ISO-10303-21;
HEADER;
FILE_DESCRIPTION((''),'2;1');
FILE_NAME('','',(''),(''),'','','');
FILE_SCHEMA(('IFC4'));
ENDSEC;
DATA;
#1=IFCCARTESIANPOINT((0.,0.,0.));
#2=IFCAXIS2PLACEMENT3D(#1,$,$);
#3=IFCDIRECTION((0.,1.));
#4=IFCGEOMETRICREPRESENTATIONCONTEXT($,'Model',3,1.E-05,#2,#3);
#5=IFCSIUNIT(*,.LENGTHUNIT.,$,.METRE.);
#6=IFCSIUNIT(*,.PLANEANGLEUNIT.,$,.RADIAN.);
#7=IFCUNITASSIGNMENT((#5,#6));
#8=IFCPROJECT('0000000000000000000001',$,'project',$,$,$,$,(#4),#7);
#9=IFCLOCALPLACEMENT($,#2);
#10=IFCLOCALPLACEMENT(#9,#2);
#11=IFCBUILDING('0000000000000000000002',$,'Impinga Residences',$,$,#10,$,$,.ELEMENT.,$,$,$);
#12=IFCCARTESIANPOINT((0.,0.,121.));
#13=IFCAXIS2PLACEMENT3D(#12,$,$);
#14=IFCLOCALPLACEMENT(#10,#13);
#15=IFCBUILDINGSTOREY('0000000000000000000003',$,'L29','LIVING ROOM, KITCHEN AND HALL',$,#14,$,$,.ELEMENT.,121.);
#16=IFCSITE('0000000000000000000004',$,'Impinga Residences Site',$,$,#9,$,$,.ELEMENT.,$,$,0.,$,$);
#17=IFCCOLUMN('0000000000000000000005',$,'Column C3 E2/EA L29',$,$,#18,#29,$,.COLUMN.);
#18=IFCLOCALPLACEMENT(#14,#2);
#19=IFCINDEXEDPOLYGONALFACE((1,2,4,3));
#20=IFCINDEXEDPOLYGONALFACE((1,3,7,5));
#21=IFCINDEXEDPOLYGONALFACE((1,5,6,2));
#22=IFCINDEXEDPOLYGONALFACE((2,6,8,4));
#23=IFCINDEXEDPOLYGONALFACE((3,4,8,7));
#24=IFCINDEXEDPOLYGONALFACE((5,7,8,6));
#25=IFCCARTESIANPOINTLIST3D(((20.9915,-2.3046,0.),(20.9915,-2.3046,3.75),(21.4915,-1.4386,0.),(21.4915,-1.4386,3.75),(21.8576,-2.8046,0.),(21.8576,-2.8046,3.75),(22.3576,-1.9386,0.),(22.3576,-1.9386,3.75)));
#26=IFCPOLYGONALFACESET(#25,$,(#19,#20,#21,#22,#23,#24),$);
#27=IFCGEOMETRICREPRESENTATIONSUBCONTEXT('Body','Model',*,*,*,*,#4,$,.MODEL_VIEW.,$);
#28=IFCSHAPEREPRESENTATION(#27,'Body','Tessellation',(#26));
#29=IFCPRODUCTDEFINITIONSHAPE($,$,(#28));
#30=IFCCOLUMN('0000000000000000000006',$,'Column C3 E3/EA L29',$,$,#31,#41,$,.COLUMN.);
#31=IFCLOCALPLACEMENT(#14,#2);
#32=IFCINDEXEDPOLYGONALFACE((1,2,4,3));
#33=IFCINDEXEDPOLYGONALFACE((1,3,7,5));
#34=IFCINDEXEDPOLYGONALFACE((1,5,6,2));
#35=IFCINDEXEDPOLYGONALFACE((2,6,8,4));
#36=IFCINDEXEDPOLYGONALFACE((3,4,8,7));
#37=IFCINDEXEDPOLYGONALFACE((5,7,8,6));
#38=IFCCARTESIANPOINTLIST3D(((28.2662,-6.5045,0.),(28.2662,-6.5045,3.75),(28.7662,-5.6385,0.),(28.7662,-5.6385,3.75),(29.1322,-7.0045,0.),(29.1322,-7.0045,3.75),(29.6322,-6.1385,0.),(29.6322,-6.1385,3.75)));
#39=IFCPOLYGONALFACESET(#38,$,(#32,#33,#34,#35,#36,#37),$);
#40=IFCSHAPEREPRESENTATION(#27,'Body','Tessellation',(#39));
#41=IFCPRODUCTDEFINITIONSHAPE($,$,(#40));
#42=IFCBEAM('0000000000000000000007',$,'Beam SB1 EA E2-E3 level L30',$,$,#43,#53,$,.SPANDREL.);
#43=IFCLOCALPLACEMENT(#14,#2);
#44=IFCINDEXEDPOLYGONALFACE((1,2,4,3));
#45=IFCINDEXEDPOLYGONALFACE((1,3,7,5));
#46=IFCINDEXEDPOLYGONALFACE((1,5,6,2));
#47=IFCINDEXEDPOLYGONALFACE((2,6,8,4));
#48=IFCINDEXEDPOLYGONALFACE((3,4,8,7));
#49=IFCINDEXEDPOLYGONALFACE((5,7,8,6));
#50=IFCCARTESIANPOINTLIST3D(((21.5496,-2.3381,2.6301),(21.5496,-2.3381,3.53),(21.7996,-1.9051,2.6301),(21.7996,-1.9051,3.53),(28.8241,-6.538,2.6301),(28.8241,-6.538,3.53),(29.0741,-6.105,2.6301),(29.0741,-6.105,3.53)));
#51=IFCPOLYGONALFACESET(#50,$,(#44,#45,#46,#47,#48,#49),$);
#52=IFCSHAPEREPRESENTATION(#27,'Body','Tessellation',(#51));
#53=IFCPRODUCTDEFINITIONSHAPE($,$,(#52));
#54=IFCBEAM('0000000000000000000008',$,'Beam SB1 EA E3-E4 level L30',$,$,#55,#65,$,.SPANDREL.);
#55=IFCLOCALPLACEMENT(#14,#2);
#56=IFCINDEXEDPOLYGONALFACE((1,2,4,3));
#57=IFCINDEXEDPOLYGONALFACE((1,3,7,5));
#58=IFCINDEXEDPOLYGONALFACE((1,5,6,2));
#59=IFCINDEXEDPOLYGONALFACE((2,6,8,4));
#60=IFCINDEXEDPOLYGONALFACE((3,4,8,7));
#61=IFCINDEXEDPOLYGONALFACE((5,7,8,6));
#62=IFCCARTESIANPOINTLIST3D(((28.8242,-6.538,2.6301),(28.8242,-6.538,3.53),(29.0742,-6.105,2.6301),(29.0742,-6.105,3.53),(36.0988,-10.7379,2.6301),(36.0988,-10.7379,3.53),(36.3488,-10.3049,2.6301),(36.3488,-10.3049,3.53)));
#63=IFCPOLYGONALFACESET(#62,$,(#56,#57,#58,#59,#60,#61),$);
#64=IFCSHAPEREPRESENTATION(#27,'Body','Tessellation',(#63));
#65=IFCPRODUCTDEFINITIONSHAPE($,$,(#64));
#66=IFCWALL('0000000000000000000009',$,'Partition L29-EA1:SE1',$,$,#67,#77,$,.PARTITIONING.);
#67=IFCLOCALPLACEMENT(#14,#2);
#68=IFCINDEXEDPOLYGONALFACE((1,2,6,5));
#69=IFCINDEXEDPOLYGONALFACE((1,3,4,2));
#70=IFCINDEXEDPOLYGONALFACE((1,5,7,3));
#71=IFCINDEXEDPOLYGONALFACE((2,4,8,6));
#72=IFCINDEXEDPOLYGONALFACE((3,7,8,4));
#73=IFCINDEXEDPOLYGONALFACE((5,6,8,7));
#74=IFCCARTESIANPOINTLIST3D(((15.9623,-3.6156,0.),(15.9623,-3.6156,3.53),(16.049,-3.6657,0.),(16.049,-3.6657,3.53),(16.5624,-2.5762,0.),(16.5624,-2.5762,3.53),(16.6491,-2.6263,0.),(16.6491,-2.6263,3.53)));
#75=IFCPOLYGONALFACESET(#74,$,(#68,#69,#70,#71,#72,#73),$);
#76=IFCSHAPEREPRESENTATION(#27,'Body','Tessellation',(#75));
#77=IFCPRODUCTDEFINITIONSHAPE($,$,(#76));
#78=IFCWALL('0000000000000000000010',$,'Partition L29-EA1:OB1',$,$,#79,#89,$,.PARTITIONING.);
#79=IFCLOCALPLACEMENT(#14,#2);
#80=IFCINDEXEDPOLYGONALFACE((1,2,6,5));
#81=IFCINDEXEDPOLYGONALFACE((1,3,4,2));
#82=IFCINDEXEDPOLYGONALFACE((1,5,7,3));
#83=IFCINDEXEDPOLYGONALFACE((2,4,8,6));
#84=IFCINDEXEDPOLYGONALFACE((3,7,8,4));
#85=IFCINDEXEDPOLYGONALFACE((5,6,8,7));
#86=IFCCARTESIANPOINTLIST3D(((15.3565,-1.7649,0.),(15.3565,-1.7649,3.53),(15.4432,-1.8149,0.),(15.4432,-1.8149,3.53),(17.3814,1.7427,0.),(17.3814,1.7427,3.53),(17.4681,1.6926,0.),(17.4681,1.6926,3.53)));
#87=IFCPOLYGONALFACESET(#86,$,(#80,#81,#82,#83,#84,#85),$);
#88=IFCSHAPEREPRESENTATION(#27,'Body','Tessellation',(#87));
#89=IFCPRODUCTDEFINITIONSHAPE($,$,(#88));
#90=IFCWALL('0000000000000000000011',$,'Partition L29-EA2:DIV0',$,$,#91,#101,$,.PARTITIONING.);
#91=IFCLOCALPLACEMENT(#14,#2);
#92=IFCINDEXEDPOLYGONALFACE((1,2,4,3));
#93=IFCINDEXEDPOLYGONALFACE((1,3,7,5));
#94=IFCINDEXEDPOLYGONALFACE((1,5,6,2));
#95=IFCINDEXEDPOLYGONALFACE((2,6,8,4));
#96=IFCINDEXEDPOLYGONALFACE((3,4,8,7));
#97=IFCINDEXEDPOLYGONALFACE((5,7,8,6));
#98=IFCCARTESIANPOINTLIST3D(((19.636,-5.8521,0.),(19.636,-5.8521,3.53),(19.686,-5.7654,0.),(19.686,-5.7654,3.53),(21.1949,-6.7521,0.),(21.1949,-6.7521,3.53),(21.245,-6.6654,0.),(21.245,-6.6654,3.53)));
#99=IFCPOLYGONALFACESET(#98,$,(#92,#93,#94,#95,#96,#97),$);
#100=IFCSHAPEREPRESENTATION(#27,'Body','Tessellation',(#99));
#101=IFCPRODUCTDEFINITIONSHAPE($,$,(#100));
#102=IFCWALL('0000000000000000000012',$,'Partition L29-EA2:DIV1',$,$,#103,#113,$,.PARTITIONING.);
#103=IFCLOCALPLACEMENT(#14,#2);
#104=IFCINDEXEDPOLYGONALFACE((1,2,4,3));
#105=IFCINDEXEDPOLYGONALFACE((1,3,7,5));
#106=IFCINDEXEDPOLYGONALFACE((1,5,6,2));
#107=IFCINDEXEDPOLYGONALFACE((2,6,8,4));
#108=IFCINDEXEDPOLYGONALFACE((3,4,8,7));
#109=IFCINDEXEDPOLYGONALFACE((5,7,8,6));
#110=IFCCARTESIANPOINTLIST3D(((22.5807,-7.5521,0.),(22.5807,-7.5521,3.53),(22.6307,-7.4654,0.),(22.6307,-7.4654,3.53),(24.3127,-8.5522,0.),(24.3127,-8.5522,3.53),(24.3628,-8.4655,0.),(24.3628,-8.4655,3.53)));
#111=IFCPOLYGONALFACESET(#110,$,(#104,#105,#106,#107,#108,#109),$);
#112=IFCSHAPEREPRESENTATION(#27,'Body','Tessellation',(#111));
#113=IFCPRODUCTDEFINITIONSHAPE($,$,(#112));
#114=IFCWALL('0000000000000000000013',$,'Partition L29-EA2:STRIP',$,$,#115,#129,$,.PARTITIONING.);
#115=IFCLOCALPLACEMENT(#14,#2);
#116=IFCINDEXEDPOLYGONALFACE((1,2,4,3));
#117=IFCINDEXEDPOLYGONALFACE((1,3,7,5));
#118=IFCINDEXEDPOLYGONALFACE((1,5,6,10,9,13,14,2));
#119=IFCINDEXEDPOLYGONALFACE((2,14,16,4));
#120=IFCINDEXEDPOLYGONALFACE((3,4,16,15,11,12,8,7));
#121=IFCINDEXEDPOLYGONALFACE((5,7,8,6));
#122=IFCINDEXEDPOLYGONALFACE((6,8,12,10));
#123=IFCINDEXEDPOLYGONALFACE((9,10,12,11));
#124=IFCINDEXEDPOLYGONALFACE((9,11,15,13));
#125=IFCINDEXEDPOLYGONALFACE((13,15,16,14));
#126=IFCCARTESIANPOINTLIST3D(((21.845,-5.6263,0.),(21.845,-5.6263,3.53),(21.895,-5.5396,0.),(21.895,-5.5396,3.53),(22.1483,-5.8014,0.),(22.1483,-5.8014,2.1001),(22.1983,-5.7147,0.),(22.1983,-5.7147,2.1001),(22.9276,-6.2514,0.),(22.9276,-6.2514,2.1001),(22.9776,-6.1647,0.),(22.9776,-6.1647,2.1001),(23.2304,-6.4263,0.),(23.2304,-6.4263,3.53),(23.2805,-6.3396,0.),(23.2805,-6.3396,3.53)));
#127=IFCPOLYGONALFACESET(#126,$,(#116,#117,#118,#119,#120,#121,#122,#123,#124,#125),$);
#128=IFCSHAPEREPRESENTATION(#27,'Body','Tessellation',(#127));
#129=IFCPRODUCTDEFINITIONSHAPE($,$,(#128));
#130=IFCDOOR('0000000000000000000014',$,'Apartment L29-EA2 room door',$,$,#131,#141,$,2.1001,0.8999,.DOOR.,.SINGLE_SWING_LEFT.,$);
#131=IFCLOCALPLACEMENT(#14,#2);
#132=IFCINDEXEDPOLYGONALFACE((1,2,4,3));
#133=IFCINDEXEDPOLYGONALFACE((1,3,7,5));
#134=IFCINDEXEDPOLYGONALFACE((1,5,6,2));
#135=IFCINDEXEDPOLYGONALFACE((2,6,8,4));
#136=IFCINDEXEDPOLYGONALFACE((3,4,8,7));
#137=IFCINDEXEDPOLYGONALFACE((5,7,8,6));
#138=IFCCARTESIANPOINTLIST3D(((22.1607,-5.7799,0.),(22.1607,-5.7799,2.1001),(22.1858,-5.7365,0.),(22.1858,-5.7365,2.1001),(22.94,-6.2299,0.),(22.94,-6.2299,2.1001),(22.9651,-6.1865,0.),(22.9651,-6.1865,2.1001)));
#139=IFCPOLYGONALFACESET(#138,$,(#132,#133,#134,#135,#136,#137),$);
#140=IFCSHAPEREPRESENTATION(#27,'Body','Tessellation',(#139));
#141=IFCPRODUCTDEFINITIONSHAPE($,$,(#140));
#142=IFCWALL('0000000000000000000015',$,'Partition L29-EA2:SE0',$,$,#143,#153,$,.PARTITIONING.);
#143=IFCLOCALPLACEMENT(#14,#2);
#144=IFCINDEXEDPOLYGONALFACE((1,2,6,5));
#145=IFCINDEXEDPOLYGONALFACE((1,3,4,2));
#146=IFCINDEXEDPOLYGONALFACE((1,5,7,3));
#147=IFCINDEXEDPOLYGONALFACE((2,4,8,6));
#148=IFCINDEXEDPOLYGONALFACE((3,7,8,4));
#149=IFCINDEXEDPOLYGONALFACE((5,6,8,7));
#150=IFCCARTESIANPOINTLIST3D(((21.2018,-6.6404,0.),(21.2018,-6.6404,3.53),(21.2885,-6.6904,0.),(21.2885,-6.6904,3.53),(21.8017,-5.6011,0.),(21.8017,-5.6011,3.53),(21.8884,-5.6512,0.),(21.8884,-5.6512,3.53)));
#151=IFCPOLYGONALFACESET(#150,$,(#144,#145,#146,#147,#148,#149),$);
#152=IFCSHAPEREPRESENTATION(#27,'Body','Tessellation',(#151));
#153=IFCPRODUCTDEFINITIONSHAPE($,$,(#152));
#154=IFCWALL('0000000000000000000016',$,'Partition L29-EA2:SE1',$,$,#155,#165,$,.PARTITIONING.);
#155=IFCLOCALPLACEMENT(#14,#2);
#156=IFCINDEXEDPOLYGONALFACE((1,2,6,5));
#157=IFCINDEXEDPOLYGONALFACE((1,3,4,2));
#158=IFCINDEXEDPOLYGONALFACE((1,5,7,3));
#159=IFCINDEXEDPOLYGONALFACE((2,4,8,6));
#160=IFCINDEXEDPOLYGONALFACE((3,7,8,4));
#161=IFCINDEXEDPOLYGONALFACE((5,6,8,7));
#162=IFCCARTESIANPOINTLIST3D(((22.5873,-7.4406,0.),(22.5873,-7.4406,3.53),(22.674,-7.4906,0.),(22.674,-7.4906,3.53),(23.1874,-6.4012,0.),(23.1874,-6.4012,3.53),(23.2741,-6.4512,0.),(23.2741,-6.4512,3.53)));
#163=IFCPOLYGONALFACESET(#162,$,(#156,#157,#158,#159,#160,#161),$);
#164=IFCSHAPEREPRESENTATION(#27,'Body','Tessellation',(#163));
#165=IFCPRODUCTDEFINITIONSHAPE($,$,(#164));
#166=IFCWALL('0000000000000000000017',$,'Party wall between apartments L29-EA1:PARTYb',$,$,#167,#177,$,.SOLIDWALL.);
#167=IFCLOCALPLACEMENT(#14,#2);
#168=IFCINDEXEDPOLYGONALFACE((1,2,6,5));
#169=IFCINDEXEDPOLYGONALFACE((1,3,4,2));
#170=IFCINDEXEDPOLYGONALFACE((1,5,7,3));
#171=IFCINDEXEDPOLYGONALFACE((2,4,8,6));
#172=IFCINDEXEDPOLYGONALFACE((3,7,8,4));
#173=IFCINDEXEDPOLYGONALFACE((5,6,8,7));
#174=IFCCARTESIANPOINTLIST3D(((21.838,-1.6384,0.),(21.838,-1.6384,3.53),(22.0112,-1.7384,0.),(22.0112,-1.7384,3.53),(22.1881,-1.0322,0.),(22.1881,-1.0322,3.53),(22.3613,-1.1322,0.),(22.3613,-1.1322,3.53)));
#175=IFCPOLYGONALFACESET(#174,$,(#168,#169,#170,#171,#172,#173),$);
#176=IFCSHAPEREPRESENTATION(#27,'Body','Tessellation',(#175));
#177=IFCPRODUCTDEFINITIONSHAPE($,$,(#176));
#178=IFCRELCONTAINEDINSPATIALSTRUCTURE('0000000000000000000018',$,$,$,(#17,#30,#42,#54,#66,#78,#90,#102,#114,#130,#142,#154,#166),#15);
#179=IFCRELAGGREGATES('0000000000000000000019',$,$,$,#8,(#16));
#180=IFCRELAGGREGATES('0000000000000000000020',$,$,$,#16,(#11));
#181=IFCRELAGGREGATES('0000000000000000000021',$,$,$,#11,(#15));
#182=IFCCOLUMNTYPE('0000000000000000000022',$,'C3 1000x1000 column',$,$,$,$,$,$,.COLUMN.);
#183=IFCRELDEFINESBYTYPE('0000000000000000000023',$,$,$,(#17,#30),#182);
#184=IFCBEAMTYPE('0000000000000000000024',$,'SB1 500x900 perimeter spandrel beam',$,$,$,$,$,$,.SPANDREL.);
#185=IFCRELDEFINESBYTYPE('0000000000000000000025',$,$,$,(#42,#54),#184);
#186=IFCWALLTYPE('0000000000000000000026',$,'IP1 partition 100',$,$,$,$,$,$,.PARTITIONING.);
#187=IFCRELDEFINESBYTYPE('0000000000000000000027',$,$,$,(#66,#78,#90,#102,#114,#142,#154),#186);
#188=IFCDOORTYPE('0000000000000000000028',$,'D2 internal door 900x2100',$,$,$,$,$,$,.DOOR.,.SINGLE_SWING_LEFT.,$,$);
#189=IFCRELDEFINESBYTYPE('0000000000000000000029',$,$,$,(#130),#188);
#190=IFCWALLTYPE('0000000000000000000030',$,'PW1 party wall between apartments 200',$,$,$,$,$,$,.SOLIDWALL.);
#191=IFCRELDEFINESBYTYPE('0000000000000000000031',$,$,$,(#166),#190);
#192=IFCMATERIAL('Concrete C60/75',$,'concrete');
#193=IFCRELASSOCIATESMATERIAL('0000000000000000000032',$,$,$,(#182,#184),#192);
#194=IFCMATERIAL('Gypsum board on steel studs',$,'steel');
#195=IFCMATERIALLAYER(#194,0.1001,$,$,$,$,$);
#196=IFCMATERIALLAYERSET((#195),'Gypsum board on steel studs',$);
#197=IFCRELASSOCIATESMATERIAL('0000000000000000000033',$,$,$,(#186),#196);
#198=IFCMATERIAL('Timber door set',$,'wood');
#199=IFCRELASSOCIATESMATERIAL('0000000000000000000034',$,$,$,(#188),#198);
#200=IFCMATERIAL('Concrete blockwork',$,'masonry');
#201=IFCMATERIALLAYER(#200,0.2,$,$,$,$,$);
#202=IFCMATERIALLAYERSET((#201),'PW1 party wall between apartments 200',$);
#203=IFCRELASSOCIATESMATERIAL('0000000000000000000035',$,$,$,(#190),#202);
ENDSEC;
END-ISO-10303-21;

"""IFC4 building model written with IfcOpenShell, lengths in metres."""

from ifc_helpers import new_model, si_unit, direction, frame, frame_2d, origin, origin_2d, place, context, subcontext, project, spatial, rectangle, extrude, material, layer, layer_set, material_profile, profile_set, type_object, element, fill, save


model = new_model("IFC4")

# Units and contexts
model_context = context("Model", 3, precision=1e-05, world=origin(), true_north=direction((0.0, 1.0)))
body_context = subcontext(model_context, "Body", "Model", "MODEL_VIEW")
ifc_project = project(units=[si_unit("LENGTHUNIT", "METRE"), si_unit("PLANEANGLEUNIT", "RADIAN")], contexts=[model_context])

# Site, building, storey
site_placement = place(None, origin())
site = spatial("IfcSite", under=ifc_project, at=site_placement, Name="Impinga Residences Site", CompositionType="ELEMENT", RefElevation=0.0)
building_placement = place(site_placement, origin())
building = spatial("IfcBuilding", under=site, at=building_placement, Name="Impinga Residences", CompositionType="ELEMENT")
storey_placement = place(building_placement, frame((0.0, 0.0, 121.0)))
storey = spatial("IfcBuildingStorey", under=building, at=storey_placement, Name="L29", Description="LIVING ROOM, KITCHEN AND HALL", CompositionType="ELEMENT", Elevation=121.0)

# Columns
ifc_material_1 = material(Name="Concrete C60/75", Category="concrete")
ifc_material_profile_1 = material_profile(ifc_material_1, rectangle(XDim=1.0, YDim=1.0, at=origin_2d()), Name="RC 1000x1000")
ifc_profile_set_1 = profile_set([ifc_material_profile_1], Name="Concrete C60/75")
column_type = type_object("IfcColumnType", Name="C3 1000x1000 column", PredefinedType="COLUMN", material=ifc_profile_set_1)
for number, where, z_axis, x_axis, name in (
    (1, (21.6746, -2.1216, 0.0), (0.0, 0.0, 1.0), (-0.5, -0.866025, 0.0), "Column C3 E2/EA L29"),
    (2, (28.9492, -6.3215, 0.0), (0.0, 0.0, 1.0), (-0.5, -0.866025, 0.0), "Column C3 E3/EA L29"),
):
    element("IfcColumn", number, at=place(storey_placement, frame(where, z_axis=z_axis, x_axis=x_axis)), inside=storey, type_object=column_type, Name=name, PredefinedType="COLUMN", context=body_context, shape_type="SweptSolid", body=[
        extrude(rectangle(XDim=1.0, YDim=1.0, at=origin_2d()), origin(), (0.0, 0.0, 1.0), 3.75),
    ])

# Beams
ifc_material_profile_2 = material_profile(ifc_material_1, rectangle(XDim=0.5, YDim=0.8999, at=origin_2d()), Name="RC 500x900")
ifc_profile_set_2 = profile_set([ifc_material_profile_2], Name="Concrete C60/75")
beam_type = type_object("IfcBeamType", Name="SB1 500x900 perimeter spandrel beam", PredefinedType="SPANDREL", material=ifc_profile_set_2)
for number, where, z_axis, x_axis, name in (
    (3, (21.6746, -2.1216, 3.0801), (0.866029, -0.499993, 0.0), (0.499993, 0.866029, 0.0), "Beam SB1 EA E2-E3 level L30"),
    (4, (28.9492, -6.3215, 3.0801), (0.866029, -0.499993, 0.0), (0.499993, 0.866029, 0.0), "Beam SB1 EA E3-E4 level L30"),
):
    element("IfcBeam", number, at=place(storey_placement, frame(where, z_axis=z_axis, x_axis=x_axis)), inside=storey, type_object=beam_type, Name=name, PredefinedType="SPANDREL", context=body_context, shape_type="SweptSolid", body=[
        extrude(rectangle(XDim=0.5, YDim=0.8999, at=origin_2d()), origin(), (0.0, 0.0, 1.0), 8.3999),
    ])

# Walls
ifc_material_2 = material(Name="Gypsum board on steel studs", Category="steel")
ifc_layer_1 = layer(ifc_material_2, 0.1001)
ifc_layer_set_1 = layer_set([ifc_layer_1], Name="Gypsum board on steel studs")
wall_type_1 = type_object("IfcWallType", Name="IP1 partition 100", PredefinedType="PARTITIONING", material=ifc_layer_set_1)
wall_1_placement = place(storey_placement, frame((16.0056, -3.6406, 0.0), z_axis=(0.0, 0.0, 1.0), x_axis=(0.500034, 0.866006, 0.0)))
element("IfcWall", 5, at=wall_1_placement, inside=storey, type_object=wall_type_1, Name="Partition L29-EA1:SE1", PredefinedType="PARTITIONING", context=body_context, shape_type="SweptSolid", body=[
    extrude(rectangle(XDim=1.2002, YDim=0.1001, at=frame_2d((0.6001, 0.0))), origin(), (0.0, 0.0, 1.0), 3.53),
])
wall_2_placement = place(storey_placement, frame((15.3999, -1.7898, 0.0), z_axis=(0.0, 0.0, 1.0), x_axis=(0.499964, 0.866046, 0.0)))
element("IfcWall", 6, at=wall_2_placement, inside=storey, type_object=wall_type_1, Name="Partition L29-EA1:OB1", PredefinedType="PARTITIONING", context=body_context, shape_type="SweptSolid", body=[
    extrude(rectangle(XDim=4.05, YDim=0.1001, at=frame_2d((2.0249, 0.0))), origin(), (0.0, 0.0, 1.0), 3.53),
])
wall_3_placement = place(storey_placement, frame((19.6611, -5.8088, 0.0), z_axis=(0.0, 0.0, 1.0), x_axis=(0.866048, -0.499961, 0.0)))
element("IfcWall", 7, at=wall_3_placement, inside=storey, type_object=wall_type_1, Name="Partition L29-EA2:DIV0", PredefinedType="PARTITIONING", context=body_context, shape_type="SweptSolid", body=[
    extrude(rectangle(XDim=1.8, YDim=0.1001, at=frame_2d((0.8999, 0.0))), origin(), (0.0, 0.0, 1.0), 3.53),
])
wall_4_placement = place(storey_placement, frame((22.6057, -7.5088, 0.0), z_axis=(0.0, 0.0, 1.0), x_axis=(0.866011, -0.500025, 0.0)))
element("IfcWall", 8, at=wall_4_placement, inside=storey, type_object=wall_type_1, Name="Partition L29-EA2:DIV1", PredefinedType="PARTITIONING", context=body_context, shape_type="SweptSolid", body=[
    extrude(rectangle(XDim=2.0, YDim=0.1001, at=frame_2d((1.0, 0.0))), origin(), (0.0, 0.0, 1.0), 3.53),
])

# Wall, opening, door
wall_5_placement = place(storey_placement, frame((21.8701, -5.583, 0.0), z_axis=(0.0, 0.0, 1.0), x_axis=(0.86599, -0.500061, 0.0)))
wall_5 = element("IfcWall", 9, at=wall_5_placement, inside=storey, type_object=wall_type_1, Name="Partition L29-EA2:STRIP", PredefinedType="PARTITIONING", context=body_context, shape_type="SweptSolid", body=[
    extrude(rectangle(XDim=1.5999, YDim=0.1001, at=frame_2d((0.7998, 0.0))), origin(), (0.0, 0.0, 1.0), 3.53),
])
opening_placement = place(wall_5_placement, frame((0.3501, 0.0, 0.0)))
opening = element("IfcOpeningElement", 10, at=opening_placement, cuts=wall_5, PredefinedType="OPENING", context=body_context, shape_type="SweptSolid", body=[
    extrude(rectangle(XDim=0.8999, YDim=2.1001, at=frame_2d((0.45, 1.05))), frame((0.0, 0.0601, 0.0), z_axis=(0.0, -1.0, 0.0), x_axis=(1.0, 0.0, 0.0)), (0.0, 0.0, 1.0), 0.1201),
])
ifc_material_3 = material(Name="Timber door set", Category="wood")
door_type = type_object("IfcDoorType", Name="D2 internal door 900x2100", OperationType="SINGLE_SWING_LEFT", PredefinedType="DOOR", material=ifc_material_3)
door_placement = place(opening_placement, origin())
door = element("IfcDoor", 11, at=door_placement, inside=storey, type_object=door_type, Name="Apartment L29-EA2 room door", OperationType="SINGLE_SWING_LEFT", OverallHeight=2.1001, OverallWidth=0.8999, PredefinedType="DOOR", context=body_context, shape_type="SweptSolid", body=[
    extrude(rectangle(XDim=0.8999, YDim=2.1001, at=frame_2d((0.45, 1.05))), frame((0.0, 0.0249, 0.0), z_axis=(0.0, -1.0, 0.0), x_axis=(1.0, 0.0, 0.0)), (0.0, 0.0, 1.0), 0.05),
])
fill(opening, door)

# Walls
wall_6_placement = place(storey_placement, frame((21.2451, -6.6655, 0.0), z_axis=(0.0, 0.0, 1.0), x_axis=(0.499881, 0.866094, 0.0)))
element("IfcWall", 12, at=wall_6_placement, inside=storey, type_object=wall_type_1, Name="Partition L29-EA2:SE0", PredefinedType="PARTITIONING", context=body_context, shape_type="SweptSolid", body=[
    extrude(rectangle(XDim=1.2, YDim=0.1001, at=frame_2d((0.6001, 0.0))), origin(), (0.0, 0.0, 1.0), 3.53),
])
wall_7_placement = place(storey_placement, frame((22.6306, -7.4656, 0.0), z_axis=(0.0, 0.0, 1.0), x_axis=(0.500034, 0.866006, 0.0)))
element("IfcWall", 13, at=wall_7_placement, inside=storey, type_object=wall_type_1, Name="Partition L29-EA2:SE1", PredefinedType="PARTITIONING", context=body_context, shape_type="SweptSolid", body=[
    extrude(rectangle(XDim=1.2002, YDim=0.1001, at=frame_2d((0.6001, 0.0))), origin(), (0.0, 0.0, 1.0), 3.53),
])
ifc_material_4 = material(Name="Concrete blockwork", Category="masonry")
ifc_layer_2 = layer(ifc_material_4, 0.2)
ifc_layer_set_2 = layer_set([ifc_layer_2], Name="PW1 party wall between apartments 200")
wall_type_2 = type_object("IfcWallType", Name="PW1 party wall between apartments 200", PredefinedType="SOLIDWALL", material=ifc_layer_set_2)
wall_8_placement = place(storey_placement, frame((21.9246, -1.6885, 0.0), z_axis=(0.0, 0.0, 1.0), x_axis=(0.500115, 0.865959, 0.0)))
element("IfcWall", 14, at=wall_8_placement, inside=storey, type_object=wall_type_2, Name="Party wall between apartments L29-EA1:PARTYb", PredefinedType="SOLIDWALL", context=body_context, shape_type="SweptSolid", body=[
    extrude(rectangle(XDim=0.7, YDim=0.2, at=frame_2d((0.3501, 0.0))), origin(), (0.0, 0.0, 1.0), 3.53),
])

save(model, "model.ifc")
